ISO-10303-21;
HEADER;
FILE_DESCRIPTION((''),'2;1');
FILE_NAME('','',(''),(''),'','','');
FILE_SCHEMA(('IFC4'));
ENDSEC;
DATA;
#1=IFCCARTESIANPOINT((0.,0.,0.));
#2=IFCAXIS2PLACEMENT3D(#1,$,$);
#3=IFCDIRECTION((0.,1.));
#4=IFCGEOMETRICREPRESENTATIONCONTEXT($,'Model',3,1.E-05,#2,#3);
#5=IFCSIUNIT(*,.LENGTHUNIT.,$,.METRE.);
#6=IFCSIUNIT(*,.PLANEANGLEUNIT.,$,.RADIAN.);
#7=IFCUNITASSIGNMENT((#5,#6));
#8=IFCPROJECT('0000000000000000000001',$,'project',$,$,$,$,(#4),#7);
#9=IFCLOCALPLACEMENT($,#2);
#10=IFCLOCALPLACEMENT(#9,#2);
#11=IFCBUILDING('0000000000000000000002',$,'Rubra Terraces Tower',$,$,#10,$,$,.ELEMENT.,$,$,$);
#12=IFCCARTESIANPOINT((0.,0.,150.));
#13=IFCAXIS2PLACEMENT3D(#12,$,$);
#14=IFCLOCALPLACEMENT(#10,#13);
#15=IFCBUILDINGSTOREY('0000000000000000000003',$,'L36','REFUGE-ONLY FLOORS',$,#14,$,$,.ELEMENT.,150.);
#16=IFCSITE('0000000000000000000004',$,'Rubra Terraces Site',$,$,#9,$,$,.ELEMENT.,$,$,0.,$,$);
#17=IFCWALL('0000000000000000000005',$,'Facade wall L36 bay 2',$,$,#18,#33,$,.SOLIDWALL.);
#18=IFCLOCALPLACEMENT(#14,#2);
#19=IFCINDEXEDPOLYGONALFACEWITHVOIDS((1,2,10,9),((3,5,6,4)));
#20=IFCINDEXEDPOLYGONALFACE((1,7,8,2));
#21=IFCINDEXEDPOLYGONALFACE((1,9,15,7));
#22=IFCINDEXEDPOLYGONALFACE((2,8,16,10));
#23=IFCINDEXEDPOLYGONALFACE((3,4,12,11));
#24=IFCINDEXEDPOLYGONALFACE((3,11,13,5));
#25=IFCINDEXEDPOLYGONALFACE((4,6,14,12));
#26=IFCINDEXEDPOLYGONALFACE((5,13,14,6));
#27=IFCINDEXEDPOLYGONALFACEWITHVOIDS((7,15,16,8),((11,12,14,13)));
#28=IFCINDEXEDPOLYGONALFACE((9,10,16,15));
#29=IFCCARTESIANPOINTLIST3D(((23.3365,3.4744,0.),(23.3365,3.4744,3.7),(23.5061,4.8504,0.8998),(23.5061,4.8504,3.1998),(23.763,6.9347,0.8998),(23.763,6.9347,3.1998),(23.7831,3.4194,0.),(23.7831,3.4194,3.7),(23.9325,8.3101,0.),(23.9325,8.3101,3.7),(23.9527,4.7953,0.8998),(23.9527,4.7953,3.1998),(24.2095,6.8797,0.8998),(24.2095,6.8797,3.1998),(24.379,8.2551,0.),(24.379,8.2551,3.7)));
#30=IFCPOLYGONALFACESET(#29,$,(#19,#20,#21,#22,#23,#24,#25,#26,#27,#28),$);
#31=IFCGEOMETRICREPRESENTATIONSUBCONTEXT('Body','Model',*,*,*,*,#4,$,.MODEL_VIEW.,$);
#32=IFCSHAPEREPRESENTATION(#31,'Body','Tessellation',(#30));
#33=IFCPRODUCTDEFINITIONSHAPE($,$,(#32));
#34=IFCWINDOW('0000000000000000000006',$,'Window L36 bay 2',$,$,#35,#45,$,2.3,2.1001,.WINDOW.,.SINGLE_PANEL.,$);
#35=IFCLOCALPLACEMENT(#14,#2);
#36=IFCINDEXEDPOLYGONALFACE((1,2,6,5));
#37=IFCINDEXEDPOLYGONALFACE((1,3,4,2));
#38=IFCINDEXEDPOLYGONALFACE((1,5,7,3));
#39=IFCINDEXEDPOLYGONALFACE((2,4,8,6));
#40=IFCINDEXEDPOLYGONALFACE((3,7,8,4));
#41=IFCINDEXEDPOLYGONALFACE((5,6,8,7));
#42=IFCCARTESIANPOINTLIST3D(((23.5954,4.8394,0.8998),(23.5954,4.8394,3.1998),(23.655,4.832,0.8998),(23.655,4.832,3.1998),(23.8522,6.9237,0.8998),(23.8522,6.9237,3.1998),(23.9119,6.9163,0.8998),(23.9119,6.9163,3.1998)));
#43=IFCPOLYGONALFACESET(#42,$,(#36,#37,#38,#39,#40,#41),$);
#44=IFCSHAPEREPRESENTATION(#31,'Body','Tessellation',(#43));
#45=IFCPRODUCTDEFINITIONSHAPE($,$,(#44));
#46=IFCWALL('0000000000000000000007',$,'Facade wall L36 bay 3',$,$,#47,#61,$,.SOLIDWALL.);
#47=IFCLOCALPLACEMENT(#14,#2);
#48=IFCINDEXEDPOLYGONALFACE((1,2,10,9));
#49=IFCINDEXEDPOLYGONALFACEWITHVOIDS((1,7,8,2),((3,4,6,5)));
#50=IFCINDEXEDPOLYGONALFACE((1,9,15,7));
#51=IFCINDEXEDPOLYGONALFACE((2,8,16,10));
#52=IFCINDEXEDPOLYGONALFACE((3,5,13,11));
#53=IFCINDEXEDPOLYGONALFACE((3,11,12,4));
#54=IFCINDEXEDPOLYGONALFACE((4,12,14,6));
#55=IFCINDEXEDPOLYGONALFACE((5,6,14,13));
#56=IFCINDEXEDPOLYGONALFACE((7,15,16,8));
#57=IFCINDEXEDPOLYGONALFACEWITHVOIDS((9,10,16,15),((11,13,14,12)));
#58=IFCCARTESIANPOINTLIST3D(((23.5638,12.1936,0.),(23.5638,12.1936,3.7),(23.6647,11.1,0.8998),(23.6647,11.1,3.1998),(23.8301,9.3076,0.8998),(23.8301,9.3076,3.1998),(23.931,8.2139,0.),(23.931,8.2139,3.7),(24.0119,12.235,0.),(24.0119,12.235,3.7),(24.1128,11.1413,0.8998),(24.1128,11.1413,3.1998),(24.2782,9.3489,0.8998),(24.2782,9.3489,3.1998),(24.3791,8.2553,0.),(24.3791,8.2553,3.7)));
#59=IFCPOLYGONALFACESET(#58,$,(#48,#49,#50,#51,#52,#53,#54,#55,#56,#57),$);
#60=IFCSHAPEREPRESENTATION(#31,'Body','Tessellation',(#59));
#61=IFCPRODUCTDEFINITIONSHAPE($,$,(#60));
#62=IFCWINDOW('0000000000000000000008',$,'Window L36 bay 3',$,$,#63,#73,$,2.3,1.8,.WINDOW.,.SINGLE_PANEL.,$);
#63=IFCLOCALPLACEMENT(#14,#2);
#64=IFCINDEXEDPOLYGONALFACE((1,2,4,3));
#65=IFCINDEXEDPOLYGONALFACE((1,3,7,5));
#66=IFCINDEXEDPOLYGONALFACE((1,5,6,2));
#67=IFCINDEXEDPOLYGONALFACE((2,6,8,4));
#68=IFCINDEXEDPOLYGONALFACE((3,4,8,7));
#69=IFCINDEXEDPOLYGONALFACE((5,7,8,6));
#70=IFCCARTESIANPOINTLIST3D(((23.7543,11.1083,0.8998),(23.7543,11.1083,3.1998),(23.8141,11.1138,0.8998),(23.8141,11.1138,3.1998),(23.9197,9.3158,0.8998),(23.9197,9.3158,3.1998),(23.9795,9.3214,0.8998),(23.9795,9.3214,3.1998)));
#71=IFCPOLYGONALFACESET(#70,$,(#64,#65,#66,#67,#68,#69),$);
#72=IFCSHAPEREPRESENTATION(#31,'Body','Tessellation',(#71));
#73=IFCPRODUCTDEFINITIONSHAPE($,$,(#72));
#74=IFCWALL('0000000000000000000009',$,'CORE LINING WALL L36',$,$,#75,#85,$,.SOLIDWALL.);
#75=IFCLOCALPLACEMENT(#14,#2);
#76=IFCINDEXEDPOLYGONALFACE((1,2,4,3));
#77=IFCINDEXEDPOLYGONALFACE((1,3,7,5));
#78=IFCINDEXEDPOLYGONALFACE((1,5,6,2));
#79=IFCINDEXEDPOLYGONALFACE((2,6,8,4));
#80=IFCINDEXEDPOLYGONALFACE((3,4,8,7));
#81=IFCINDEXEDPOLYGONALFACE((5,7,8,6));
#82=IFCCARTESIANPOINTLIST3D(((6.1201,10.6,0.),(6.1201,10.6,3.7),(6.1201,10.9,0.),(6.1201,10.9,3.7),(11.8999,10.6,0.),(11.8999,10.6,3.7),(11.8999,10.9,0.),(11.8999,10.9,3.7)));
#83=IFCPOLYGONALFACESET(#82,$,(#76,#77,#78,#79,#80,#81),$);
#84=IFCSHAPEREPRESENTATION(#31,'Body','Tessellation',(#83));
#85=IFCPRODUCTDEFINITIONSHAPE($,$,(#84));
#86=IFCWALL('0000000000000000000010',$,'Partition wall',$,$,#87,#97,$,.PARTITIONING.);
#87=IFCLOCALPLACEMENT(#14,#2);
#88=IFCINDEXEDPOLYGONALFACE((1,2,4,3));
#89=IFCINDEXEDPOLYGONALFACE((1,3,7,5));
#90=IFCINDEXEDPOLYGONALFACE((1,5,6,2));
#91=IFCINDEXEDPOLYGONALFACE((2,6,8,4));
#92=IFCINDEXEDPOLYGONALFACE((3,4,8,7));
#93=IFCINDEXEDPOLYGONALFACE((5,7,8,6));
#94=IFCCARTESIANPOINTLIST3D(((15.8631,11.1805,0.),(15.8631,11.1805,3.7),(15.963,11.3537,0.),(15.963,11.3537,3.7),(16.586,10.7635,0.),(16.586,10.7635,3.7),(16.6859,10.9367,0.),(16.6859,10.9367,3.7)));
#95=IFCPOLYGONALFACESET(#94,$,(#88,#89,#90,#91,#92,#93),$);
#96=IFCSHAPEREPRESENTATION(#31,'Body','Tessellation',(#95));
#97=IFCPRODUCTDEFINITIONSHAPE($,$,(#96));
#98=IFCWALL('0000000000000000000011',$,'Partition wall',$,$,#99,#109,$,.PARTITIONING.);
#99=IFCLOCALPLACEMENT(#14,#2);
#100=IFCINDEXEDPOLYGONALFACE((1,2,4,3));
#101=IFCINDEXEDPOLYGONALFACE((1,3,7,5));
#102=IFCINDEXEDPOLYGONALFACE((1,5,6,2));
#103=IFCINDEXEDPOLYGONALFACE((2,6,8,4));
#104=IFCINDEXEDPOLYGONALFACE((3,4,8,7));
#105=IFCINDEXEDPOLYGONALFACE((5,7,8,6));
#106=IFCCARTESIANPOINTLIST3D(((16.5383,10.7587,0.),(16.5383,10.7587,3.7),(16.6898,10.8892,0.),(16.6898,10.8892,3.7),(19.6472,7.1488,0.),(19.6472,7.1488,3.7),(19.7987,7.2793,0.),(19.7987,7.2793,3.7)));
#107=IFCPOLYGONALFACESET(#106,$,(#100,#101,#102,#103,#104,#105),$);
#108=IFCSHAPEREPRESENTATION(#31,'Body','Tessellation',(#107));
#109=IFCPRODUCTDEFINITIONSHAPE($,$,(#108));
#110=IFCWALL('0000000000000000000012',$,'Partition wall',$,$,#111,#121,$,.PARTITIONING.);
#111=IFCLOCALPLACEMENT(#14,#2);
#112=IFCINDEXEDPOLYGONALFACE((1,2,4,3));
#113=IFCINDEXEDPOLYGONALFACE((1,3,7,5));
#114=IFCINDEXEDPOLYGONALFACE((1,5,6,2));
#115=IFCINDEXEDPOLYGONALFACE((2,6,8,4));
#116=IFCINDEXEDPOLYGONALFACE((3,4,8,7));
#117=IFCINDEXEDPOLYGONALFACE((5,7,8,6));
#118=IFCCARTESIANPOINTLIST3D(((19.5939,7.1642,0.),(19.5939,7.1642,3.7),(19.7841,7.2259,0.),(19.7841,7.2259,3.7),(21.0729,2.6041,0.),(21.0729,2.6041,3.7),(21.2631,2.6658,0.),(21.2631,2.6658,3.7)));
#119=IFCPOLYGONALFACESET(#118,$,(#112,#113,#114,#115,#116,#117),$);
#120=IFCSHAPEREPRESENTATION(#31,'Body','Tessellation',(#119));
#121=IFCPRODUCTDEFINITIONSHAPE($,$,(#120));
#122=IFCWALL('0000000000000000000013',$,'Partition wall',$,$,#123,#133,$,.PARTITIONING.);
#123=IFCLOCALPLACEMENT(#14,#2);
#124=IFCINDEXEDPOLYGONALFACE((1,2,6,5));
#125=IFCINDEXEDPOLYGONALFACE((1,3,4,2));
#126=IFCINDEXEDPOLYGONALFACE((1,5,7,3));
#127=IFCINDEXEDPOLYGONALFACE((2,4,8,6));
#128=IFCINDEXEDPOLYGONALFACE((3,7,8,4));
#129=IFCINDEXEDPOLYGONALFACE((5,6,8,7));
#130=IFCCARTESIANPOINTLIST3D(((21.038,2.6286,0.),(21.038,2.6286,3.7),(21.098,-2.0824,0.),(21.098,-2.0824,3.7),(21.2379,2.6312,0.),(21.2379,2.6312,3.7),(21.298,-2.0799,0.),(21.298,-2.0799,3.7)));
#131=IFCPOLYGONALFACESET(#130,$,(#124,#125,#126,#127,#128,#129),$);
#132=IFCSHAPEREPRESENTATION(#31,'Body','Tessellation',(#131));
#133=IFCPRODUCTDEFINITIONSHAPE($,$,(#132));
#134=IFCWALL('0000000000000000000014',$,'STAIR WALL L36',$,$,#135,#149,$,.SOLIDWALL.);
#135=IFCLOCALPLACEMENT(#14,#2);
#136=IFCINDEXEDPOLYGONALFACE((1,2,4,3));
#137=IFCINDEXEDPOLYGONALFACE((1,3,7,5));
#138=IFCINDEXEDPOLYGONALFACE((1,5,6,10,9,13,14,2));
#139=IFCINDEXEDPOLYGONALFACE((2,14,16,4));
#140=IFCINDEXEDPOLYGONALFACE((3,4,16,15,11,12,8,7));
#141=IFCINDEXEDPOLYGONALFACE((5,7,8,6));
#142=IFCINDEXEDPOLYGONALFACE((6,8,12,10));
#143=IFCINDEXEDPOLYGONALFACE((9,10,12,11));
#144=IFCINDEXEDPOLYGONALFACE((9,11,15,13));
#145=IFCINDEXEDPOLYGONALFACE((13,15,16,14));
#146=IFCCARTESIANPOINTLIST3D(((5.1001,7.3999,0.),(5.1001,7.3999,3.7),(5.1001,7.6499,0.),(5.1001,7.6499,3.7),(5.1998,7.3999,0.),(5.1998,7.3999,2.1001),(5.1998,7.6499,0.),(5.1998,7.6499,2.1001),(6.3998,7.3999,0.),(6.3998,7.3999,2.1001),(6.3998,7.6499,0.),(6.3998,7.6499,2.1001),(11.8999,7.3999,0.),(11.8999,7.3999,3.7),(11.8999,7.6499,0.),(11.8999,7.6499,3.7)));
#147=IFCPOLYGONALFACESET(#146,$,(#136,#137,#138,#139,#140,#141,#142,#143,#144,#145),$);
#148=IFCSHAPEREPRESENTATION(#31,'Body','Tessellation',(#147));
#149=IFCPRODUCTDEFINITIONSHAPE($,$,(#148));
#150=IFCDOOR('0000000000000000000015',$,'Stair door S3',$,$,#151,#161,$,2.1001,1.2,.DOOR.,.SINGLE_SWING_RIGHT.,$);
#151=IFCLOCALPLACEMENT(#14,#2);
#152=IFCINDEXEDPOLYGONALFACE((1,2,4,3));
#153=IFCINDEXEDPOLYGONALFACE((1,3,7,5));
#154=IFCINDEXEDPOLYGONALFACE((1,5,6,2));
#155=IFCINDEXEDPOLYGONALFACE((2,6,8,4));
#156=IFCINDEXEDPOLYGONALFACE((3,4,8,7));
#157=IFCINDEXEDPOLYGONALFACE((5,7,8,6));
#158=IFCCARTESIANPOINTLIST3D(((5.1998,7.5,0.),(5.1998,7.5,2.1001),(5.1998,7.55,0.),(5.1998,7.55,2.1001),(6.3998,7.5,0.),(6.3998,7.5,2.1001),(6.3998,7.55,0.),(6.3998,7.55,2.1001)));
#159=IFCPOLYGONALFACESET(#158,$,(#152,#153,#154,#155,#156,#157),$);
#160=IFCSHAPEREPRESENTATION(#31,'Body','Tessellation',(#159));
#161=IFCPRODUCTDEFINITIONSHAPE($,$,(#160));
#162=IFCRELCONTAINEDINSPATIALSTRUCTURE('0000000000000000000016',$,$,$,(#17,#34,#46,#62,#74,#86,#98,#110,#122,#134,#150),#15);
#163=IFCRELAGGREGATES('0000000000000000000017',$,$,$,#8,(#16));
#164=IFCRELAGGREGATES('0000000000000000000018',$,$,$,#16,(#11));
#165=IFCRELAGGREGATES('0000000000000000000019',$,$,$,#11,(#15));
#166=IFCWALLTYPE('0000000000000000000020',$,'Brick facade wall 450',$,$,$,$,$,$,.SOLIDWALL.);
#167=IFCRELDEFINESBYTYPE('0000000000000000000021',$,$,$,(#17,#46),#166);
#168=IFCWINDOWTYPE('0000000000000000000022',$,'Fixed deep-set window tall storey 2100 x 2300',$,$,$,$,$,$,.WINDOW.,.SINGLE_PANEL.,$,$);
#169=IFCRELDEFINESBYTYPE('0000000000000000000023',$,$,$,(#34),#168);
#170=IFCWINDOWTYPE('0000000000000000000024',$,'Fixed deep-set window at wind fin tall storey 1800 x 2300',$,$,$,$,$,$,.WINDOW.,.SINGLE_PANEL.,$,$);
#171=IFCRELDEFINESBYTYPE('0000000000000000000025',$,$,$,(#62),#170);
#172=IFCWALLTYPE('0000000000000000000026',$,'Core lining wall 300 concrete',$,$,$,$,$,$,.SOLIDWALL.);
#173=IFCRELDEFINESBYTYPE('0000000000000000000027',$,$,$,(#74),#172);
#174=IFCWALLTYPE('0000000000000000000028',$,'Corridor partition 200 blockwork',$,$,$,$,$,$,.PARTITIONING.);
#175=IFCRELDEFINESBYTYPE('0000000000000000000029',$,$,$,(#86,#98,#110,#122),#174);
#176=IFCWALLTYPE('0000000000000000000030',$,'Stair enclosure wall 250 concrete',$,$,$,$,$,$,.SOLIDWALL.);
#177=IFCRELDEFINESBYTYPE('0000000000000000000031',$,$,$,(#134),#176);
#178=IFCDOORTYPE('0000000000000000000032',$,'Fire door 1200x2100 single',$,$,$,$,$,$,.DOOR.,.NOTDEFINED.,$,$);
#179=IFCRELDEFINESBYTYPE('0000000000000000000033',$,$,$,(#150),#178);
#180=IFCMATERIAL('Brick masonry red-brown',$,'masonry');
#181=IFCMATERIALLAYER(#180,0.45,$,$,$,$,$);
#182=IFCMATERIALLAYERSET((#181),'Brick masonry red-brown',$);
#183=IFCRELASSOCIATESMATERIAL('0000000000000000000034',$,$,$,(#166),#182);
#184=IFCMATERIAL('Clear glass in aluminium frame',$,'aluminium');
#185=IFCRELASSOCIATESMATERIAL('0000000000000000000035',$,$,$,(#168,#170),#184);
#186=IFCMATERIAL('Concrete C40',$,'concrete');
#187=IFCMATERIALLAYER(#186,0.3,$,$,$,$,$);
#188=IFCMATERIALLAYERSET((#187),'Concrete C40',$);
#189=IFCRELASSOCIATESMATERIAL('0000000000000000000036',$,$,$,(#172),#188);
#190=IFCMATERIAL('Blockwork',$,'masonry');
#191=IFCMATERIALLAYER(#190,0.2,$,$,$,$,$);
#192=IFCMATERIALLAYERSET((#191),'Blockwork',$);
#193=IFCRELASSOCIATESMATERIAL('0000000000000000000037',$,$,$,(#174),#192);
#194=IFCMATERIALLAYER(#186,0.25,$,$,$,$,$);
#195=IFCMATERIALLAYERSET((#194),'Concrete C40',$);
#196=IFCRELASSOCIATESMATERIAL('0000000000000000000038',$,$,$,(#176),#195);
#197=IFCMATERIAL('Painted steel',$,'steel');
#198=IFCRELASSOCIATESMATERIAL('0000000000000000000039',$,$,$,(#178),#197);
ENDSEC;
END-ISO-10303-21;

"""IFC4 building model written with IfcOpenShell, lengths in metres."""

from ifc_helpers import new_model, si_unit, direction, frame, frame_2d, origin, place, context, subcontext, project, spatial, rectangle, extrude, material, layer, layer_set, type_object, element, fill, save


model = new_model("IFC4")

# Units and contexts
model_context = context("Model", 3, precision=1e-05, world=origin(), true_north=direction((0.0, 1.0)))
body_context = subcontext(model_context, "Body", "Model", "MODEL_VIEW")
ifc_project = project(units=[si_unit("LENGTHUNIT", "METRE"), si_unit("PLANEANGLEUNIT", "RADIAN")], contexts=[model_context])

# Site, building, storey
site_placement = place(None, origin())
site = spatial("IfcSite", under=ifc_project, at=site_placement, Name="Rubra Terraces Site", CompositionType="ELEMENT", RefElevation=0.0)
building_placement = place(site_placement, origin())
building = spatial("IfcBuilding", under=site, at=building_placement, Name="Rubra Terraces Tower", CompositionType="ELEMENT")
storey_placement = place(building_placement, frame((0.0, 0.0, 150.0)))
storey = spatial("IfcBuildingStorey", under=building, at=storey_placement, Name="L36", Description="REFUGE-ONLY FLOORS", CompositionType="ELEMENT", Elevation=150.0)

# Walls, openings, windows
ifc_material_1 = material(Name="Brick masonry red-brown", Category="masonry")
ifc_layer_1 = layer(ifc_material_1, 0.45)
ifc_layer_set_1 = layer_set([ifc_layer_1], Name="Brick masonry red-brown")
wall_type_1 = type_object("IfcWallType", Name="Brick facade wall 450", PredefinedType="SOLIDWALL", material=ifc_layer_set_1)
wall_1_placement = place(storey_placement, frame((23.5598, 3.447, 0.0), z_axis=(0.0, 0.0, 1.0), x_axis=(0.122314, 0.992491, 0.0)))
wall_1 = element("IfcWall", 1, at=wall_1_placement, inside=storey, type_object=wall_type_1, Name="Facade wall L36 bay 2", PredefinedType="SOLIDWALL", context=body_context, shape_type="SweptSolid", body=[
    extrude(rectangle(XDim=4.8723, YDim=0.45, at=frame_2d((2.436, 0.0))), origin(), (0.0, 0.0, 1.0), 3.7),
])
opening_1_placement = place(wall_1_placement, frame((1.3862, 0.0, 0.8999)))
opening_1 = element("IfcOpeningElement", 2, at=opening_1_placement, cuts=wall_1, PredefinedType="OPENING", context=body_context, shape_type="SweptSolid", body=[
    extrude(rectangle(XDim=2.1001, YDim=2.3, at=frame_2d((1.05, 1.1499))), frame((0.0, 0.2349, 0.0), z_axis=(0.0, -1.0, 0.0), x_axis=(1.0, 0.0, 0.0)), (0.0, 0.0, 1.0), 0.47),
])
ifc_material_2 = material(Name="Clear glass in aluminium frame", Category="aluminium")
window_type_1 = type_object("IfcWindowType", Name="Fixed deep-set window tall storey 2100 x 2300", PartitioningType="SINGLE_PANEL", PredefinedType="WINDOW", material=ifc_material_2)
window_1_placement = place(opening_1_placement, origin())
window_1 = element("IfcWindow", 3, at=window_1_placement, inside=storey, type_object=window_type_1, Name="Window L36 bay 2", OverallHeight=2.3, OverallWidth=2.1001, PartitioningType="SINGLE_PANEL", PredefinedType="WINDOW", context=body_context, shape_type="SweptSolid", body=[
    extrude(rectangle(XDim=2.1001, YDim=2.3, at=frame_2d((1.05, 1.1499))), frame((0.0, 0.135, 0.0), z_axis=(0.0, -1.0, 0.0), x_axis=(1.0, 0.0, 0.0)), (0.0, 0.0, 1.0), 0.0601),
])
fill(opening_1, window_1)
wall_2_placement = place(storey_placement, frame((24.155, 8.2346, 0.0), z_axis=(0.0, 0.0, 1.0), x_axis=(-0.091874, 0.995771, 0.0)))
wall_2 = element("IfcWall", 4, at=wall_2_placement, inside=storey, type_object=wall_type_1, Name="Facade wall L36 bay 3", PredefinedType="SOLIDWALL", context=body_context, shape_type="SweptSolid", body=[
    extrude(rectangle(XDim=3.9966, YDim=0.45, at=frame_2d((1.9983, 0.0))), origin(), (0.0, 0.0, 1.0), 3.7),
])
opening_2_placement = place(wall_2_placement, frame((1.0984, 0.0, 0.8999)))
opening_2 = element("IfcOpeningElement", 5, at=opening_2_placement, cuts=wall_2, PredefinedType="OPENING", context=body_context, shape_type="SweptSolid", body=[
    extrude(rectangle(XDim=1.8, YDim=2.3, at=frame_2d((0.8999, 1.1499))), frame((0.0, 0.2349, 0.0), z_axis=(0.0, -1.0, 0.0), x_axis=(1.0, 0.0, 0.0)), (0.0, 0.0, 1.0), 0.47),
])
window_type_2 = type_object("IfcWindowType", Name="Fixed deep-set window at wind fin tall storey 1800 x 2300", PartitioningType="SINGLE_PANEL", PredefinedType="WINDOW", material=ifc_material_2)
window_2_placement = place(opening_2_placement, origin())
window_2 = element("IfcWindow", 6, at=window_2_placement, inside=storey, type_object=window_type_2, Name="Window L36 bay 3", OverallHeight=2.3, OverallWidth=1.8, PartitioningType="SINGLE_PANEL", PredefinedType="WINDOW", context=body_context, shape_type="SweptSolid", body=[
    extrude(rectangle(XDim=1.8, YDim=2.3, at=frame_2d((0.8999, 1.1499))), frame((0.0, 0.135, 0.0), z_axis=(0.0, -1.0, 0.0), x_axis=(1.0, 0.0, 0.0)), (0.0, 0.0, 1.0), 0.0601),
])
fill(opening_2, window_2)

# Walls
ifc_material_3 = material(Name="Concrete C40", Category="concrete")
ifc_layer_2 = layer(ifc_material_3, 0.3)
ifc_layer_set_2 = layer_set([ifc_layer_2], Name="Concrete C40")
wall_type_2 = type_object("IfcWallType", Name="Core lining wall 300 concrete", PredefinedType="SOLIDWALL", material=ifc_layer_set_2)
wall_3_placement = place(storey_placement, frame((11.8999, 10.75, 0.0), z_axis=(0.0, 0.0, 1.0), x_axis=(-1.0, 0.0, 0.0)))
element("IfcWall", 7, at=wall_3_placement, inside=storey, type_object=wall_type_2, Name="CORE LINING WALL L36", PredefinedType="SOLIDWALL", context=body_context, shape_type="SweptSolid", body=[
    extrude(rectangle(XDim=5.7798, YDim=0.3, at=frame_2d((2.8899, 0.0))), origin(), (0.0, 0.0, 1.0), 3.7),
])
ifc_material_4 = material(Name="Blockwork", Category="masonry")
ifc_layer_3 = layer(ifc_material_4, 0.2)
ifc_layer_set_3 = layer_set([ifc_layer_3], Name="Blockwork")
wall_type_3 = type_object("IfcWallType", Name="Corridor partition 200 blockwork", PredefinedType="PARTITIONING", material=ifc_layer_set_3)
wall_4_placement = place(storey_placement, frame((15.9131, 11.2671, 0.0), z_axis=(0.0, 0.0, 1.0), x_axis=(0.86622, -0.499663, 0.0)))
element("IfcWall", 8, at=wall_4_placement, inside=storey, type_object=wall_type_3, Name="Partition wall", PredefinedType="PARTITIONING", context=body_context, shape_type="SweptSolid", body=[
    extrude(rectangle(XDim=0.8345, YDim=0.2, at=frame_2d((0.4172, 0.0))), origin(), (0.0, 0.0, 1.0), 3.7),
])
wall_5_placement = place(storey_placement, frame((16.614, 10.824, 0.0), z_axis=(0.0, 0.0, 1.0), x_axis=(0.652571, -0.757728, 0.0)))
element("IfcWall", 9, at=wall_5_placement, inside=storey, type_object=wall_type_3, Name="Partition wall", PredefinedType="PARTITIONING", context=body_context, shape_type="SweptSolid", body=[
    extrude(rectangle(XDim=4.7642, YDim=0.2, at=frame_2d((2.3821, 0.0))), origin(), (0.0, 0.0, 1.0), 3.7),
])
wall_6_placement = place(storey_placement, frame((19.689, 7.1951, 0.0), z_axis=(0.0, 0.0, 1.0), x_axis=(0.308517, -0.951219, 0.0)))
element("IfcWall", 10, at=wall_6_placement, inside=storey, type_object=wall_type_3, Name="Partition wall", PredefinedType="PARTITIONING", context=body_context, shape_type="SweptSolid", body=[
    extrude(rectangle(XDim=4.7939, YDim=0.2, at=frame_2d((2.397, 0.0))), origin(), (0.0, 0.0, 1.0), 3.7),
])
wall_7_placement = place(storey_placement, frame((21.1379, 2.6299, 0.0), z_axis=(0.0, 0.0, 1.0), x_axis=(0.012748, -0.999919, 0.0)))
element("IfcWall", 11, at=wall_7_placement, inside=storey, type_object=wall_type_3, Name="Partition wall", PredefinedType="PARTITIONING", context=body_context, shape_type="SweptSolid", body=[
    extrude(rectangle(XDim=4.7114, YDim=0.2, at=frame_2d((2.3557, 0.0))), origin(), (0.0, 0.0, 1.0), 3.7),
])

# Wall, opening, door
ifc_layer_4 = layer(ifc_material_3, 0.25)
ifc_layer_set_4 = layer_set([ifc_layer_4], Name="Concrete C40")
wall_type_4 = type_object("IfcWallType", Name="Stair enclosure wall 250 concrete", PredefinedType="SOLIDWALL", material=ifc_layer_set_4)
wall_8_placement = place(storey_placement, frame((11.8999, 7.5249, 0.0), z_axis=(0.0, 0.0, 1.0), x_axis=(-1.0, 0.0, 0.0)))
wall_8 = element("IfcWall", 12, at=wall_8_placement, inside=storey, type_object=wall_type_4, Name="STAIR WALL L36", PredefinedType="SOLIDWALL", context=body_context, shape_type="SweptSolid", body=[
    extrude(rectangle(XDim=6.7998, YDim=0.25, at=frame_2d((3.3999, 0.0))), origin(), (0.0, 0.0, 1.0), 3.7),
])
opening_3_placement = place(wall_8_placement, frame((5.5, 0.0, 0.0)))
opening_3 = element("IfcOpeningElement", 13, at=opening_3_placement, cuts=wall_8, PredefinedType="OPENING", context=body_context, shape_type="SweptSolid", body=[
    extrude(rectangle(XDim=1.2, YDim=2.1001, at=frame_2d((0.6001, 1.05))), frame((0.0, 0.135, 0.0), z_axis=(0.0, -1.0, 0.0), x_axis=(1.0, 0.0, 0.0)), (0.0, 0.0, 1.0), 0.27),
])
ifc_material_5 = material(Name="Painted steel", Category="steel")
door_type = type_object("IfcDoorType", Name="Fire door 1200x2100 single", OperationType="NOTDEFINED", PredefinedType="DOOR", material=ifc_material_5)
door_placement = place(opening_3_placement, origin())
door = element("IfcDoor", 14, at=door_placement, inside=storey, type_object=door_type, Name="Stair door S3", OperationType="SINGLE_SWING_RIGHT", OverallHeight=2.1001, OverallWidth=1.2, PredefinedType="DOOR", context=body_context, shape_type="SweptSolid", body=[
    extrude(rectangle(XDim=1.2, YDim=2.1001, at=frame_2d((0.6001, 1.05))), frame((0.0, 0.0249, 0.0), z_axis=(0.0, -1.0, 0.0), x_axis=(1.0, 0.0, 0.0)), (0.0, 0.0, 1.0), 0.05),
])
fill(opening_3, door)

save(model, "model.ifc")
